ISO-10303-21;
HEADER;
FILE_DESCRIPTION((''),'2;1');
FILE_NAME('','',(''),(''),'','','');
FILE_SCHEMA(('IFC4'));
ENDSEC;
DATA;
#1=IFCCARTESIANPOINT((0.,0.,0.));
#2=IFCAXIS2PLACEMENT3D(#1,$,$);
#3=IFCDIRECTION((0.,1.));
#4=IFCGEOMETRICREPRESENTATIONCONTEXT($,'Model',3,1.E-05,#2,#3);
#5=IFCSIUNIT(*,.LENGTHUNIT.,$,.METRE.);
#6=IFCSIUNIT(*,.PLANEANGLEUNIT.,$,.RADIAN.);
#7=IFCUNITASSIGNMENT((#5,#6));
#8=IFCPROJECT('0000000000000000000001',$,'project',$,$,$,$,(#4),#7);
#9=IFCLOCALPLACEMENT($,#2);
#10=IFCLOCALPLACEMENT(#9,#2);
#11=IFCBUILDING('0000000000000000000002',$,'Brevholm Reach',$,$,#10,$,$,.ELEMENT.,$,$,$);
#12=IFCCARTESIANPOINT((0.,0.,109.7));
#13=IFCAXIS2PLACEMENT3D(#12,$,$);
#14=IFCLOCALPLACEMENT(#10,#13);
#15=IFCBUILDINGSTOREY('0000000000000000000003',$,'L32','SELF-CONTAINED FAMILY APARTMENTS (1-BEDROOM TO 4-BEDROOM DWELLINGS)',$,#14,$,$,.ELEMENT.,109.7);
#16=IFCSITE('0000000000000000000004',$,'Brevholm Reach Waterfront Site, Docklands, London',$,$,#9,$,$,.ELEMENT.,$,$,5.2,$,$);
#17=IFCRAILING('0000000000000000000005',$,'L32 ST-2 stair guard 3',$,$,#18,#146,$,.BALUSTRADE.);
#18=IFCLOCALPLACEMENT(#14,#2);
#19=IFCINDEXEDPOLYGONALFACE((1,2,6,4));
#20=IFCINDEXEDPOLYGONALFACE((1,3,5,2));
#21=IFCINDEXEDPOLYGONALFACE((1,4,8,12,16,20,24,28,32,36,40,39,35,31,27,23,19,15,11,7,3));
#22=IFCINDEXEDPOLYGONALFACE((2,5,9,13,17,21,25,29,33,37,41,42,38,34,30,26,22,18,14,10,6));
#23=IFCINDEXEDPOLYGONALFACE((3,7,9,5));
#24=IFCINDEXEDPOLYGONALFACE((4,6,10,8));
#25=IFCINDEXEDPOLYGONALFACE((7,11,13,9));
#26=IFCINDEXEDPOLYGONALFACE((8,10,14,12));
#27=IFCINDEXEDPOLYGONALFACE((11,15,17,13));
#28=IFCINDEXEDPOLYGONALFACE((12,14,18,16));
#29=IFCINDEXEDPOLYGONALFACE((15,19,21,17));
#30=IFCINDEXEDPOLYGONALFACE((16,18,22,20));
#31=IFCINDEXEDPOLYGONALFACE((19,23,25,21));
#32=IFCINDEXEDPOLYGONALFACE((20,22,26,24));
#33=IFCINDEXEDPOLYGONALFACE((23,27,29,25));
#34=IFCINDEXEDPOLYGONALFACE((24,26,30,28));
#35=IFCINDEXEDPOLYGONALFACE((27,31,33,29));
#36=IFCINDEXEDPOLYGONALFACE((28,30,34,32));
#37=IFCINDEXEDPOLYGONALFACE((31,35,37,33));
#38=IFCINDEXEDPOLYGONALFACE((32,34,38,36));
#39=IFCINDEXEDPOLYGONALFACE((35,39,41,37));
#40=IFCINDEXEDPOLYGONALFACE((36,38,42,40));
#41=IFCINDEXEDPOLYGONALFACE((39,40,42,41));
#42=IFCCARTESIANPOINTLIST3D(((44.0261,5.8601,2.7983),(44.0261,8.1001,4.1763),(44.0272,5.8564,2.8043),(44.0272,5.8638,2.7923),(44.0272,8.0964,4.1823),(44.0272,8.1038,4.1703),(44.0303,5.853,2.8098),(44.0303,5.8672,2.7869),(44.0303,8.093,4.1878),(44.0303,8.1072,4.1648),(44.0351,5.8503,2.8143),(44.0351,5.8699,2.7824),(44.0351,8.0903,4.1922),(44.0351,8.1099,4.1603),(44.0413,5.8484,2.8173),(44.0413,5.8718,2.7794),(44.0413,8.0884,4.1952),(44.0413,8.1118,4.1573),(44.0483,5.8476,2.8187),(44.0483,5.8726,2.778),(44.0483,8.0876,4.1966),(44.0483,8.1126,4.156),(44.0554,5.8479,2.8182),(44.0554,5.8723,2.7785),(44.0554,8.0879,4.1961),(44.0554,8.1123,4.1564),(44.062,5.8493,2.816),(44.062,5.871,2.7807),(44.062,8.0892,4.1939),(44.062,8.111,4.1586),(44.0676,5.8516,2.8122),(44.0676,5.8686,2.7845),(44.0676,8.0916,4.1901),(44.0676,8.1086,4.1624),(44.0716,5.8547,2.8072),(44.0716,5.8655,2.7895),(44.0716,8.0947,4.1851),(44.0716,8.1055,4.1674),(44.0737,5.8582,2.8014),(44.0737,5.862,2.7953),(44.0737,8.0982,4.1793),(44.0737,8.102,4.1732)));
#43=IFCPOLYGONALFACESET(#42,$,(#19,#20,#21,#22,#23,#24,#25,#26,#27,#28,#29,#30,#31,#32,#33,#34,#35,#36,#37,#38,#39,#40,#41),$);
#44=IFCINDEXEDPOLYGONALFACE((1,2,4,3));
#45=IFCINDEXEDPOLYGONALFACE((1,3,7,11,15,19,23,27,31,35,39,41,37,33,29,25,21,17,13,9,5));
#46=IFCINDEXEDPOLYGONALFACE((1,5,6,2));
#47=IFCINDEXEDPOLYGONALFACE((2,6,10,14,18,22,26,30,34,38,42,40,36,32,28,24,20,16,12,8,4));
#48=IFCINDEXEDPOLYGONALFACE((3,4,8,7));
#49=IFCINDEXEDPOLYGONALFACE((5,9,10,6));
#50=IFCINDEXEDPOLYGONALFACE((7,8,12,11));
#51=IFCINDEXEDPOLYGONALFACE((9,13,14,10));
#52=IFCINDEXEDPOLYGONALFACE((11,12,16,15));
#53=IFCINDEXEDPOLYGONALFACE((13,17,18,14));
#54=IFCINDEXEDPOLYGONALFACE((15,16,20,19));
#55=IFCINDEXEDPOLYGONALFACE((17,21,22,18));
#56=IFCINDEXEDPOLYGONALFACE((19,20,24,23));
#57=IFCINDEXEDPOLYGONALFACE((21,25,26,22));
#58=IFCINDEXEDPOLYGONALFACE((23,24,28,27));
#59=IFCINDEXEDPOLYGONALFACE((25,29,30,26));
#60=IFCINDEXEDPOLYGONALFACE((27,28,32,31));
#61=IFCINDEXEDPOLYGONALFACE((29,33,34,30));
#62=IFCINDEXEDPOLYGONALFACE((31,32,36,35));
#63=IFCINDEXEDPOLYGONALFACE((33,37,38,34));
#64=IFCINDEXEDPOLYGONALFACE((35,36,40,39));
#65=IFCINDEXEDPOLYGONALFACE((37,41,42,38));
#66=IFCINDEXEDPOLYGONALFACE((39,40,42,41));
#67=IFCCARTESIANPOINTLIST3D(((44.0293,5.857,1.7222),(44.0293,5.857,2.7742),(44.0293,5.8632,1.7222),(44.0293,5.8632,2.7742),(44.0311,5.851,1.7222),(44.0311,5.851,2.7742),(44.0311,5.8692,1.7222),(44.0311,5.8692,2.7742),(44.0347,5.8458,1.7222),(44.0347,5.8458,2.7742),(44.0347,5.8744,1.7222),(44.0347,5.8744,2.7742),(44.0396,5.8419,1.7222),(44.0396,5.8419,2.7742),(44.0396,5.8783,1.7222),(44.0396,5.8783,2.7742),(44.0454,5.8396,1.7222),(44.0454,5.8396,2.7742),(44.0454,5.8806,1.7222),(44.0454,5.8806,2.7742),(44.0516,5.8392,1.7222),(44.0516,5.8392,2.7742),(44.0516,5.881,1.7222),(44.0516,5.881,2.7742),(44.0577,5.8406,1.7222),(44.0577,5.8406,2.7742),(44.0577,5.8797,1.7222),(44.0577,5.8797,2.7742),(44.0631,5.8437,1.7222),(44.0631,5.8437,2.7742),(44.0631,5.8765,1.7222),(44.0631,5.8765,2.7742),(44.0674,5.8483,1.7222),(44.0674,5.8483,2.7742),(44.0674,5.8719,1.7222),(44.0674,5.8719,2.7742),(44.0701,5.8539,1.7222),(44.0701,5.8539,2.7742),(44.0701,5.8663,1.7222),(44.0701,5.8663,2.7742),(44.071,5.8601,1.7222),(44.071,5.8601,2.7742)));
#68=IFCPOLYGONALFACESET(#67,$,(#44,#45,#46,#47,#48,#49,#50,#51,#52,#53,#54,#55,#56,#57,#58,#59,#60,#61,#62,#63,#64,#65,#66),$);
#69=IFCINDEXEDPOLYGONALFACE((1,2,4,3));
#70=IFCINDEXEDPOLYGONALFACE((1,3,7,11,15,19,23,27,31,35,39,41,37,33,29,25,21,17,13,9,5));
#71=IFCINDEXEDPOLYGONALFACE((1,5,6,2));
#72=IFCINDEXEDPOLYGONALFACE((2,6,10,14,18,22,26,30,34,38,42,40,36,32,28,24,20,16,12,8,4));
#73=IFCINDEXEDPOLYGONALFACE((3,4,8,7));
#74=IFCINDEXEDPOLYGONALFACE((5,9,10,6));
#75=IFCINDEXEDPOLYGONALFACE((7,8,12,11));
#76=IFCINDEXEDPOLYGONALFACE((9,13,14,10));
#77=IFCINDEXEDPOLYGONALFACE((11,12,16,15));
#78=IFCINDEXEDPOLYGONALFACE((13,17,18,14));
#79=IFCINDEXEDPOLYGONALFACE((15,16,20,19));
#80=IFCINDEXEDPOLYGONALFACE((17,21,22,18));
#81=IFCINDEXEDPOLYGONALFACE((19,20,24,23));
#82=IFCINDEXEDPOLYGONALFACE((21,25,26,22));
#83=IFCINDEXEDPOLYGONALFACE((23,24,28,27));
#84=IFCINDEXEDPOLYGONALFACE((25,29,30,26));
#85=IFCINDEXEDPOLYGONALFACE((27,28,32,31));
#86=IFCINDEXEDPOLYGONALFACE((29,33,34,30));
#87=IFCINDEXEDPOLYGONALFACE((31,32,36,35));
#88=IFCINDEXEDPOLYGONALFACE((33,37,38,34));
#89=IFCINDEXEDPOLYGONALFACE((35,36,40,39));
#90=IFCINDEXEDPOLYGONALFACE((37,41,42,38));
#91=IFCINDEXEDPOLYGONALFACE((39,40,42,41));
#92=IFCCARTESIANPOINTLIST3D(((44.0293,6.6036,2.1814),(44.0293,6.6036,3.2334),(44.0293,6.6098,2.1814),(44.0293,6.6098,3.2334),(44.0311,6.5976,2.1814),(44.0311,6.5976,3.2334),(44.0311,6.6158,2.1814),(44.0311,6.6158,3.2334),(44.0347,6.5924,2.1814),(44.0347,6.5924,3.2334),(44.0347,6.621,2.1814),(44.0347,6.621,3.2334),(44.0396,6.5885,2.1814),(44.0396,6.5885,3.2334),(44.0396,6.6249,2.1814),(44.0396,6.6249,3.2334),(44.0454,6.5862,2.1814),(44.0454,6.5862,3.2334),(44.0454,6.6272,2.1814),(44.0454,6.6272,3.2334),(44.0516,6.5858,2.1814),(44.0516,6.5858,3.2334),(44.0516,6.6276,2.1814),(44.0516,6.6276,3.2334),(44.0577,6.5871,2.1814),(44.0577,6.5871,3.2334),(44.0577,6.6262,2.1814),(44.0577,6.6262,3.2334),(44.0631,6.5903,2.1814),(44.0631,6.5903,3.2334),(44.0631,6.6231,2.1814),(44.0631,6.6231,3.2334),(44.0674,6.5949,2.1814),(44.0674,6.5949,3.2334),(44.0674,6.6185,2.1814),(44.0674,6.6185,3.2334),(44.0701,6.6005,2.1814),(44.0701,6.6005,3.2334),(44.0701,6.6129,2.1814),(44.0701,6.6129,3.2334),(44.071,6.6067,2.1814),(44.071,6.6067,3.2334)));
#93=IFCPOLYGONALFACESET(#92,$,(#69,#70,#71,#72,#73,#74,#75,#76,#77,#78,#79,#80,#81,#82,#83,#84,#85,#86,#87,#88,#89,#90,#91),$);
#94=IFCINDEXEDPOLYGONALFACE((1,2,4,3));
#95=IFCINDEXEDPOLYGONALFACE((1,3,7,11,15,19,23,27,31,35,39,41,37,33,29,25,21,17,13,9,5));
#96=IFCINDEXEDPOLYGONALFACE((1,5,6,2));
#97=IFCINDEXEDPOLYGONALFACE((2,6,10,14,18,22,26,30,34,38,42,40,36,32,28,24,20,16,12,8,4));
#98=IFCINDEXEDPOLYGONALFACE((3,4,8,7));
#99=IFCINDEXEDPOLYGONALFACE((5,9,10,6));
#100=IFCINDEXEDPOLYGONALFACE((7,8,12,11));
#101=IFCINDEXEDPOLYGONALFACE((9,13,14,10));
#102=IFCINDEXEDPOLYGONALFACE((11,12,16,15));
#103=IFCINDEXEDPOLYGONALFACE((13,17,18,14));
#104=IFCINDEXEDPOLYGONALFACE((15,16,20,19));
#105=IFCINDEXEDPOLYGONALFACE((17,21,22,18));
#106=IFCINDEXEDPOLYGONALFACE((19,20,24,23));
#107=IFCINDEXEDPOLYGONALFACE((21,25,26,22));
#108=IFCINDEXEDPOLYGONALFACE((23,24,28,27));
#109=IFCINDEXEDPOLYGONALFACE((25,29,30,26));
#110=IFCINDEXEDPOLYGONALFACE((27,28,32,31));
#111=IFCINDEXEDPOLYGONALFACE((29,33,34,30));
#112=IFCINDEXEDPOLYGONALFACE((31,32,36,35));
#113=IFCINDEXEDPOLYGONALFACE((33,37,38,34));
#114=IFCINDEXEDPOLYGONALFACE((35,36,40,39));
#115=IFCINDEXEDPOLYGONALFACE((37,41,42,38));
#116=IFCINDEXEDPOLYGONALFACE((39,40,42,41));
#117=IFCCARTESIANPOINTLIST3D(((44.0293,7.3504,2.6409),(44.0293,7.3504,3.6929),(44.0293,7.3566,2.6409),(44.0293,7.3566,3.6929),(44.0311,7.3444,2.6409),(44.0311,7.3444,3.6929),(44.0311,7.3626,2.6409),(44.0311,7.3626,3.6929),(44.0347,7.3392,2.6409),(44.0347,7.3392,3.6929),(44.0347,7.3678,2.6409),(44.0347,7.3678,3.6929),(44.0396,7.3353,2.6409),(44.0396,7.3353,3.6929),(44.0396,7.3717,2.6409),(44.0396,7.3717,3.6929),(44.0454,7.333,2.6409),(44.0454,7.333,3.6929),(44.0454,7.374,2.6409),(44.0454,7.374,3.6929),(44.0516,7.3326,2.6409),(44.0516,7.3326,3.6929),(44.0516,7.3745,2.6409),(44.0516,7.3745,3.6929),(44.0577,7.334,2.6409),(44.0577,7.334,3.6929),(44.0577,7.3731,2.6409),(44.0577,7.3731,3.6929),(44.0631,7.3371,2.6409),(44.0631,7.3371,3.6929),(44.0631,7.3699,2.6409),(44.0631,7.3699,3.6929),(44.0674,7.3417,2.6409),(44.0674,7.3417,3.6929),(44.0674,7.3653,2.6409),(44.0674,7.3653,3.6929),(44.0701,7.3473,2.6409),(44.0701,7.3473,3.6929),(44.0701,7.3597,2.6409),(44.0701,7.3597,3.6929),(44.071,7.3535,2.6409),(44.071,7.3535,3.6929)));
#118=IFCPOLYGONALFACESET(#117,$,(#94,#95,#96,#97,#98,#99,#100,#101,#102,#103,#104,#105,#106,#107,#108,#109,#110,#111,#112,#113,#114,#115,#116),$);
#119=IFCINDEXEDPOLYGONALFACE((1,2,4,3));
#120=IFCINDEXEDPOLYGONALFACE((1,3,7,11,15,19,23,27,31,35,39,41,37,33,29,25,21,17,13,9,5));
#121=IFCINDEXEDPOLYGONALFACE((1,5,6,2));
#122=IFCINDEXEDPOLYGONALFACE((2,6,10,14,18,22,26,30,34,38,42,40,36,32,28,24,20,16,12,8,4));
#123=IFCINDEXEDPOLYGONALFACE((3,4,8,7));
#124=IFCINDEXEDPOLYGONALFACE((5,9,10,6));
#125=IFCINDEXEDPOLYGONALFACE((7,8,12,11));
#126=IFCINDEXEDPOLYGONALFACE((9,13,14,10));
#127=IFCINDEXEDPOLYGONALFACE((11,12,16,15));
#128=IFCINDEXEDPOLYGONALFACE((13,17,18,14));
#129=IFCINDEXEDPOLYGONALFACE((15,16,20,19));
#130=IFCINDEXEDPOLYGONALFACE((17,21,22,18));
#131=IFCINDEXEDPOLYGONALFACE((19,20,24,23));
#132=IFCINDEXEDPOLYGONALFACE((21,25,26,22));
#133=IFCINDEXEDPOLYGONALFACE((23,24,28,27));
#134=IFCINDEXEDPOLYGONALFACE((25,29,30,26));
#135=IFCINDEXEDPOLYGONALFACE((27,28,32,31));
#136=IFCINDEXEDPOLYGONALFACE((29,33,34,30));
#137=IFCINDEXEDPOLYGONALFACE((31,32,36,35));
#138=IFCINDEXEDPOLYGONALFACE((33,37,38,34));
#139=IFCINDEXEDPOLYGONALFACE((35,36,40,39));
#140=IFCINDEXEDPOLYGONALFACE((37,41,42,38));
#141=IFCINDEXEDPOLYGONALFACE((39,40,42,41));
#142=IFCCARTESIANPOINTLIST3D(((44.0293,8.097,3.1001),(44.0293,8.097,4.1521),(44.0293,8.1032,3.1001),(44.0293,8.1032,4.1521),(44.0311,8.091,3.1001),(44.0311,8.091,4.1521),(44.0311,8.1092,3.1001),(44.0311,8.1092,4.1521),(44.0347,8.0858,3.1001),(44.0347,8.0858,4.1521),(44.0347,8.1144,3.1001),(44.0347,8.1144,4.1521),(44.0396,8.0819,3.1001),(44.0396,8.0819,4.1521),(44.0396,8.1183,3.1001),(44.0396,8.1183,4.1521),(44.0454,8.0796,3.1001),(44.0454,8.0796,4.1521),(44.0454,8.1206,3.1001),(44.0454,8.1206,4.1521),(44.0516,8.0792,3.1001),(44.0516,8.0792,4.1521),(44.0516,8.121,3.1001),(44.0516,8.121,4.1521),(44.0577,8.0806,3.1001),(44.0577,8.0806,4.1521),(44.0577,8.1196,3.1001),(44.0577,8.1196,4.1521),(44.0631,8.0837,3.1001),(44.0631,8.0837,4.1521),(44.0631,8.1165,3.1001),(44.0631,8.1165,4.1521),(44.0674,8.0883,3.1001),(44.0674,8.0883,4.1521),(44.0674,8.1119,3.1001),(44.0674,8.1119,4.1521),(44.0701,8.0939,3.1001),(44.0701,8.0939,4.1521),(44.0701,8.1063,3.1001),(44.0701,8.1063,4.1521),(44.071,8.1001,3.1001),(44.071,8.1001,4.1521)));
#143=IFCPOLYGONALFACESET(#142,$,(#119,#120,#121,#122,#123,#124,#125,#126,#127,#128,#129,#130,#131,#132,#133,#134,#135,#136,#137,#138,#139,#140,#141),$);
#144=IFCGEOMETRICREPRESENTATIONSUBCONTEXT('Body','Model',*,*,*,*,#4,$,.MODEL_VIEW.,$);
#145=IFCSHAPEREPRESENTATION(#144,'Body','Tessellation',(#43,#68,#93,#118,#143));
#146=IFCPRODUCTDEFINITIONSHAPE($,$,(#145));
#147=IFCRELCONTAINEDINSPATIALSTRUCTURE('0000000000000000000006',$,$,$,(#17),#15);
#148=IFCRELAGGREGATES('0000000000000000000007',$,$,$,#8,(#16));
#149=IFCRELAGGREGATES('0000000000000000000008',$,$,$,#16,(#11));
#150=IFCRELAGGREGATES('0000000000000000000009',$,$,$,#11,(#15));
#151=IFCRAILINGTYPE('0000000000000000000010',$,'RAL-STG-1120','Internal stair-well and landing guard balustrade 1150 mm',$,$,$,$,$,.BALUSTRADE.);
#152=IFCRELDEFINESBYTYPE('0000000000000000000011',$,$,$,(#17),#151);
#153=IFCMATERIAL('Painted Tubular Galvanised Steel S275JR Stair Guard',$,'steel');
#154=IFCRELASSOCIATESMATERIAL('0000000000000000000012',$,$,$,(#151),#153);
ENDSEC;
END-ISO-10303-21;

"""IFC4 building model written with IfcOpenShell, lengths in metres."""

from ifc_helpers import new_model, si_unit, direction, frame, origin, origin_2d, place, context, subcontext, project, spatial, circle, extrude, material, type_object, element, save


model = new_model("IFC4")

# Units and contexts
model_context = context("Model", 3, precision=1e-05, world=origin(), true_north=direction((0.0, 1.0)))
body_context = subcontext(model_context, "Body", "Model", "MODEL_VIEW")
ifc_project = project(units=[si_unit("LENGTHUNIT", "METRE"), si_unit("PLANEANGLEUNIT", "RADIAN")], contexts=[model_context])

# Site, building, storey
site_placement = place(None, origin())
site = spatial("IfcSite", under=ifc_project, at=site_placement, Name="Brevholm Reach Waterfront Site, Docklands, London", CompositionType="ELEMENT", RefElevation=5.2)
building_placement = place(site_placement, origin())
building = spatial("IfcBuilding", under=site, at=building_placement, Name="Brevholm Reach", CompositionType="ELEMENT")
storey_placement = place(building_placement, frame((0.0, 0.0, 109.7)))
storey = spatial("IfcBuildingStorey", under=building, at=storey_placement, Name="L32", Description="SELF-CONTAINED FAMILY APARTMENTS (1-BEDROOM TO 4-BEDROOM DWELLINGS)", CompositionType="ELEMENT", Elevation=109.7)

# Railing
ifc_material_1 = material(Name="Painted Tubular Galvanised Steel S275JR Stair Guard", Category="steel")
railing_type_1 = type_object("IfcRailingType", Name="RAL-STG-1120", Description="Internal stair-well and landing guard balustrade 1150 mm", PredefinedType="BALUSTRADE", material=ifc_material_1)
railing_1_placement = place(storey_placement, frame((44.05, 5.8601, 1.7222)))
element("IfcRailing", 1, at=railing_1_placement, inside=storey, type_object=railing_type_1, Name="L32 ST-2 stair guard 3", PredefinedType="BALUSTRADE", context=body_context, shape_type="SweptSolid", body=[
    extrude(circle(Radius=0.0239, at=origin_2d()), frame((0.0, 0.0, 1.0762), z_axis=(0.0, 0.851748, 0.523952), x_axis=(-1.0, 0.0, 0.0)), (0.0, 0.0, 1.0), 2.6299),
    extrude(circle(Radius=0.021, at=origin_2d()), origin(), (0.0, 0.0, 1.0), 1.052),
    extrude(circle(Radius=0.021, at=origin_2d()), frame((0.0, 0.7466, 0.4592)), (0.0, 0.0, 1.0), 1.052),
    extrude(circle(Radius=0.021, at=origin_2d()), frame((0.0, 1.4934, 0.9187)), (0.0, 0.0, 1.0), 1.052),
    extrude(circle(Radius=0.021, at=origin_2d()), frame((0.0, 2.24, 1.3779)), (0.0, 0.0, 1.0), 1.052),
])

save(model, "model.ifc")
